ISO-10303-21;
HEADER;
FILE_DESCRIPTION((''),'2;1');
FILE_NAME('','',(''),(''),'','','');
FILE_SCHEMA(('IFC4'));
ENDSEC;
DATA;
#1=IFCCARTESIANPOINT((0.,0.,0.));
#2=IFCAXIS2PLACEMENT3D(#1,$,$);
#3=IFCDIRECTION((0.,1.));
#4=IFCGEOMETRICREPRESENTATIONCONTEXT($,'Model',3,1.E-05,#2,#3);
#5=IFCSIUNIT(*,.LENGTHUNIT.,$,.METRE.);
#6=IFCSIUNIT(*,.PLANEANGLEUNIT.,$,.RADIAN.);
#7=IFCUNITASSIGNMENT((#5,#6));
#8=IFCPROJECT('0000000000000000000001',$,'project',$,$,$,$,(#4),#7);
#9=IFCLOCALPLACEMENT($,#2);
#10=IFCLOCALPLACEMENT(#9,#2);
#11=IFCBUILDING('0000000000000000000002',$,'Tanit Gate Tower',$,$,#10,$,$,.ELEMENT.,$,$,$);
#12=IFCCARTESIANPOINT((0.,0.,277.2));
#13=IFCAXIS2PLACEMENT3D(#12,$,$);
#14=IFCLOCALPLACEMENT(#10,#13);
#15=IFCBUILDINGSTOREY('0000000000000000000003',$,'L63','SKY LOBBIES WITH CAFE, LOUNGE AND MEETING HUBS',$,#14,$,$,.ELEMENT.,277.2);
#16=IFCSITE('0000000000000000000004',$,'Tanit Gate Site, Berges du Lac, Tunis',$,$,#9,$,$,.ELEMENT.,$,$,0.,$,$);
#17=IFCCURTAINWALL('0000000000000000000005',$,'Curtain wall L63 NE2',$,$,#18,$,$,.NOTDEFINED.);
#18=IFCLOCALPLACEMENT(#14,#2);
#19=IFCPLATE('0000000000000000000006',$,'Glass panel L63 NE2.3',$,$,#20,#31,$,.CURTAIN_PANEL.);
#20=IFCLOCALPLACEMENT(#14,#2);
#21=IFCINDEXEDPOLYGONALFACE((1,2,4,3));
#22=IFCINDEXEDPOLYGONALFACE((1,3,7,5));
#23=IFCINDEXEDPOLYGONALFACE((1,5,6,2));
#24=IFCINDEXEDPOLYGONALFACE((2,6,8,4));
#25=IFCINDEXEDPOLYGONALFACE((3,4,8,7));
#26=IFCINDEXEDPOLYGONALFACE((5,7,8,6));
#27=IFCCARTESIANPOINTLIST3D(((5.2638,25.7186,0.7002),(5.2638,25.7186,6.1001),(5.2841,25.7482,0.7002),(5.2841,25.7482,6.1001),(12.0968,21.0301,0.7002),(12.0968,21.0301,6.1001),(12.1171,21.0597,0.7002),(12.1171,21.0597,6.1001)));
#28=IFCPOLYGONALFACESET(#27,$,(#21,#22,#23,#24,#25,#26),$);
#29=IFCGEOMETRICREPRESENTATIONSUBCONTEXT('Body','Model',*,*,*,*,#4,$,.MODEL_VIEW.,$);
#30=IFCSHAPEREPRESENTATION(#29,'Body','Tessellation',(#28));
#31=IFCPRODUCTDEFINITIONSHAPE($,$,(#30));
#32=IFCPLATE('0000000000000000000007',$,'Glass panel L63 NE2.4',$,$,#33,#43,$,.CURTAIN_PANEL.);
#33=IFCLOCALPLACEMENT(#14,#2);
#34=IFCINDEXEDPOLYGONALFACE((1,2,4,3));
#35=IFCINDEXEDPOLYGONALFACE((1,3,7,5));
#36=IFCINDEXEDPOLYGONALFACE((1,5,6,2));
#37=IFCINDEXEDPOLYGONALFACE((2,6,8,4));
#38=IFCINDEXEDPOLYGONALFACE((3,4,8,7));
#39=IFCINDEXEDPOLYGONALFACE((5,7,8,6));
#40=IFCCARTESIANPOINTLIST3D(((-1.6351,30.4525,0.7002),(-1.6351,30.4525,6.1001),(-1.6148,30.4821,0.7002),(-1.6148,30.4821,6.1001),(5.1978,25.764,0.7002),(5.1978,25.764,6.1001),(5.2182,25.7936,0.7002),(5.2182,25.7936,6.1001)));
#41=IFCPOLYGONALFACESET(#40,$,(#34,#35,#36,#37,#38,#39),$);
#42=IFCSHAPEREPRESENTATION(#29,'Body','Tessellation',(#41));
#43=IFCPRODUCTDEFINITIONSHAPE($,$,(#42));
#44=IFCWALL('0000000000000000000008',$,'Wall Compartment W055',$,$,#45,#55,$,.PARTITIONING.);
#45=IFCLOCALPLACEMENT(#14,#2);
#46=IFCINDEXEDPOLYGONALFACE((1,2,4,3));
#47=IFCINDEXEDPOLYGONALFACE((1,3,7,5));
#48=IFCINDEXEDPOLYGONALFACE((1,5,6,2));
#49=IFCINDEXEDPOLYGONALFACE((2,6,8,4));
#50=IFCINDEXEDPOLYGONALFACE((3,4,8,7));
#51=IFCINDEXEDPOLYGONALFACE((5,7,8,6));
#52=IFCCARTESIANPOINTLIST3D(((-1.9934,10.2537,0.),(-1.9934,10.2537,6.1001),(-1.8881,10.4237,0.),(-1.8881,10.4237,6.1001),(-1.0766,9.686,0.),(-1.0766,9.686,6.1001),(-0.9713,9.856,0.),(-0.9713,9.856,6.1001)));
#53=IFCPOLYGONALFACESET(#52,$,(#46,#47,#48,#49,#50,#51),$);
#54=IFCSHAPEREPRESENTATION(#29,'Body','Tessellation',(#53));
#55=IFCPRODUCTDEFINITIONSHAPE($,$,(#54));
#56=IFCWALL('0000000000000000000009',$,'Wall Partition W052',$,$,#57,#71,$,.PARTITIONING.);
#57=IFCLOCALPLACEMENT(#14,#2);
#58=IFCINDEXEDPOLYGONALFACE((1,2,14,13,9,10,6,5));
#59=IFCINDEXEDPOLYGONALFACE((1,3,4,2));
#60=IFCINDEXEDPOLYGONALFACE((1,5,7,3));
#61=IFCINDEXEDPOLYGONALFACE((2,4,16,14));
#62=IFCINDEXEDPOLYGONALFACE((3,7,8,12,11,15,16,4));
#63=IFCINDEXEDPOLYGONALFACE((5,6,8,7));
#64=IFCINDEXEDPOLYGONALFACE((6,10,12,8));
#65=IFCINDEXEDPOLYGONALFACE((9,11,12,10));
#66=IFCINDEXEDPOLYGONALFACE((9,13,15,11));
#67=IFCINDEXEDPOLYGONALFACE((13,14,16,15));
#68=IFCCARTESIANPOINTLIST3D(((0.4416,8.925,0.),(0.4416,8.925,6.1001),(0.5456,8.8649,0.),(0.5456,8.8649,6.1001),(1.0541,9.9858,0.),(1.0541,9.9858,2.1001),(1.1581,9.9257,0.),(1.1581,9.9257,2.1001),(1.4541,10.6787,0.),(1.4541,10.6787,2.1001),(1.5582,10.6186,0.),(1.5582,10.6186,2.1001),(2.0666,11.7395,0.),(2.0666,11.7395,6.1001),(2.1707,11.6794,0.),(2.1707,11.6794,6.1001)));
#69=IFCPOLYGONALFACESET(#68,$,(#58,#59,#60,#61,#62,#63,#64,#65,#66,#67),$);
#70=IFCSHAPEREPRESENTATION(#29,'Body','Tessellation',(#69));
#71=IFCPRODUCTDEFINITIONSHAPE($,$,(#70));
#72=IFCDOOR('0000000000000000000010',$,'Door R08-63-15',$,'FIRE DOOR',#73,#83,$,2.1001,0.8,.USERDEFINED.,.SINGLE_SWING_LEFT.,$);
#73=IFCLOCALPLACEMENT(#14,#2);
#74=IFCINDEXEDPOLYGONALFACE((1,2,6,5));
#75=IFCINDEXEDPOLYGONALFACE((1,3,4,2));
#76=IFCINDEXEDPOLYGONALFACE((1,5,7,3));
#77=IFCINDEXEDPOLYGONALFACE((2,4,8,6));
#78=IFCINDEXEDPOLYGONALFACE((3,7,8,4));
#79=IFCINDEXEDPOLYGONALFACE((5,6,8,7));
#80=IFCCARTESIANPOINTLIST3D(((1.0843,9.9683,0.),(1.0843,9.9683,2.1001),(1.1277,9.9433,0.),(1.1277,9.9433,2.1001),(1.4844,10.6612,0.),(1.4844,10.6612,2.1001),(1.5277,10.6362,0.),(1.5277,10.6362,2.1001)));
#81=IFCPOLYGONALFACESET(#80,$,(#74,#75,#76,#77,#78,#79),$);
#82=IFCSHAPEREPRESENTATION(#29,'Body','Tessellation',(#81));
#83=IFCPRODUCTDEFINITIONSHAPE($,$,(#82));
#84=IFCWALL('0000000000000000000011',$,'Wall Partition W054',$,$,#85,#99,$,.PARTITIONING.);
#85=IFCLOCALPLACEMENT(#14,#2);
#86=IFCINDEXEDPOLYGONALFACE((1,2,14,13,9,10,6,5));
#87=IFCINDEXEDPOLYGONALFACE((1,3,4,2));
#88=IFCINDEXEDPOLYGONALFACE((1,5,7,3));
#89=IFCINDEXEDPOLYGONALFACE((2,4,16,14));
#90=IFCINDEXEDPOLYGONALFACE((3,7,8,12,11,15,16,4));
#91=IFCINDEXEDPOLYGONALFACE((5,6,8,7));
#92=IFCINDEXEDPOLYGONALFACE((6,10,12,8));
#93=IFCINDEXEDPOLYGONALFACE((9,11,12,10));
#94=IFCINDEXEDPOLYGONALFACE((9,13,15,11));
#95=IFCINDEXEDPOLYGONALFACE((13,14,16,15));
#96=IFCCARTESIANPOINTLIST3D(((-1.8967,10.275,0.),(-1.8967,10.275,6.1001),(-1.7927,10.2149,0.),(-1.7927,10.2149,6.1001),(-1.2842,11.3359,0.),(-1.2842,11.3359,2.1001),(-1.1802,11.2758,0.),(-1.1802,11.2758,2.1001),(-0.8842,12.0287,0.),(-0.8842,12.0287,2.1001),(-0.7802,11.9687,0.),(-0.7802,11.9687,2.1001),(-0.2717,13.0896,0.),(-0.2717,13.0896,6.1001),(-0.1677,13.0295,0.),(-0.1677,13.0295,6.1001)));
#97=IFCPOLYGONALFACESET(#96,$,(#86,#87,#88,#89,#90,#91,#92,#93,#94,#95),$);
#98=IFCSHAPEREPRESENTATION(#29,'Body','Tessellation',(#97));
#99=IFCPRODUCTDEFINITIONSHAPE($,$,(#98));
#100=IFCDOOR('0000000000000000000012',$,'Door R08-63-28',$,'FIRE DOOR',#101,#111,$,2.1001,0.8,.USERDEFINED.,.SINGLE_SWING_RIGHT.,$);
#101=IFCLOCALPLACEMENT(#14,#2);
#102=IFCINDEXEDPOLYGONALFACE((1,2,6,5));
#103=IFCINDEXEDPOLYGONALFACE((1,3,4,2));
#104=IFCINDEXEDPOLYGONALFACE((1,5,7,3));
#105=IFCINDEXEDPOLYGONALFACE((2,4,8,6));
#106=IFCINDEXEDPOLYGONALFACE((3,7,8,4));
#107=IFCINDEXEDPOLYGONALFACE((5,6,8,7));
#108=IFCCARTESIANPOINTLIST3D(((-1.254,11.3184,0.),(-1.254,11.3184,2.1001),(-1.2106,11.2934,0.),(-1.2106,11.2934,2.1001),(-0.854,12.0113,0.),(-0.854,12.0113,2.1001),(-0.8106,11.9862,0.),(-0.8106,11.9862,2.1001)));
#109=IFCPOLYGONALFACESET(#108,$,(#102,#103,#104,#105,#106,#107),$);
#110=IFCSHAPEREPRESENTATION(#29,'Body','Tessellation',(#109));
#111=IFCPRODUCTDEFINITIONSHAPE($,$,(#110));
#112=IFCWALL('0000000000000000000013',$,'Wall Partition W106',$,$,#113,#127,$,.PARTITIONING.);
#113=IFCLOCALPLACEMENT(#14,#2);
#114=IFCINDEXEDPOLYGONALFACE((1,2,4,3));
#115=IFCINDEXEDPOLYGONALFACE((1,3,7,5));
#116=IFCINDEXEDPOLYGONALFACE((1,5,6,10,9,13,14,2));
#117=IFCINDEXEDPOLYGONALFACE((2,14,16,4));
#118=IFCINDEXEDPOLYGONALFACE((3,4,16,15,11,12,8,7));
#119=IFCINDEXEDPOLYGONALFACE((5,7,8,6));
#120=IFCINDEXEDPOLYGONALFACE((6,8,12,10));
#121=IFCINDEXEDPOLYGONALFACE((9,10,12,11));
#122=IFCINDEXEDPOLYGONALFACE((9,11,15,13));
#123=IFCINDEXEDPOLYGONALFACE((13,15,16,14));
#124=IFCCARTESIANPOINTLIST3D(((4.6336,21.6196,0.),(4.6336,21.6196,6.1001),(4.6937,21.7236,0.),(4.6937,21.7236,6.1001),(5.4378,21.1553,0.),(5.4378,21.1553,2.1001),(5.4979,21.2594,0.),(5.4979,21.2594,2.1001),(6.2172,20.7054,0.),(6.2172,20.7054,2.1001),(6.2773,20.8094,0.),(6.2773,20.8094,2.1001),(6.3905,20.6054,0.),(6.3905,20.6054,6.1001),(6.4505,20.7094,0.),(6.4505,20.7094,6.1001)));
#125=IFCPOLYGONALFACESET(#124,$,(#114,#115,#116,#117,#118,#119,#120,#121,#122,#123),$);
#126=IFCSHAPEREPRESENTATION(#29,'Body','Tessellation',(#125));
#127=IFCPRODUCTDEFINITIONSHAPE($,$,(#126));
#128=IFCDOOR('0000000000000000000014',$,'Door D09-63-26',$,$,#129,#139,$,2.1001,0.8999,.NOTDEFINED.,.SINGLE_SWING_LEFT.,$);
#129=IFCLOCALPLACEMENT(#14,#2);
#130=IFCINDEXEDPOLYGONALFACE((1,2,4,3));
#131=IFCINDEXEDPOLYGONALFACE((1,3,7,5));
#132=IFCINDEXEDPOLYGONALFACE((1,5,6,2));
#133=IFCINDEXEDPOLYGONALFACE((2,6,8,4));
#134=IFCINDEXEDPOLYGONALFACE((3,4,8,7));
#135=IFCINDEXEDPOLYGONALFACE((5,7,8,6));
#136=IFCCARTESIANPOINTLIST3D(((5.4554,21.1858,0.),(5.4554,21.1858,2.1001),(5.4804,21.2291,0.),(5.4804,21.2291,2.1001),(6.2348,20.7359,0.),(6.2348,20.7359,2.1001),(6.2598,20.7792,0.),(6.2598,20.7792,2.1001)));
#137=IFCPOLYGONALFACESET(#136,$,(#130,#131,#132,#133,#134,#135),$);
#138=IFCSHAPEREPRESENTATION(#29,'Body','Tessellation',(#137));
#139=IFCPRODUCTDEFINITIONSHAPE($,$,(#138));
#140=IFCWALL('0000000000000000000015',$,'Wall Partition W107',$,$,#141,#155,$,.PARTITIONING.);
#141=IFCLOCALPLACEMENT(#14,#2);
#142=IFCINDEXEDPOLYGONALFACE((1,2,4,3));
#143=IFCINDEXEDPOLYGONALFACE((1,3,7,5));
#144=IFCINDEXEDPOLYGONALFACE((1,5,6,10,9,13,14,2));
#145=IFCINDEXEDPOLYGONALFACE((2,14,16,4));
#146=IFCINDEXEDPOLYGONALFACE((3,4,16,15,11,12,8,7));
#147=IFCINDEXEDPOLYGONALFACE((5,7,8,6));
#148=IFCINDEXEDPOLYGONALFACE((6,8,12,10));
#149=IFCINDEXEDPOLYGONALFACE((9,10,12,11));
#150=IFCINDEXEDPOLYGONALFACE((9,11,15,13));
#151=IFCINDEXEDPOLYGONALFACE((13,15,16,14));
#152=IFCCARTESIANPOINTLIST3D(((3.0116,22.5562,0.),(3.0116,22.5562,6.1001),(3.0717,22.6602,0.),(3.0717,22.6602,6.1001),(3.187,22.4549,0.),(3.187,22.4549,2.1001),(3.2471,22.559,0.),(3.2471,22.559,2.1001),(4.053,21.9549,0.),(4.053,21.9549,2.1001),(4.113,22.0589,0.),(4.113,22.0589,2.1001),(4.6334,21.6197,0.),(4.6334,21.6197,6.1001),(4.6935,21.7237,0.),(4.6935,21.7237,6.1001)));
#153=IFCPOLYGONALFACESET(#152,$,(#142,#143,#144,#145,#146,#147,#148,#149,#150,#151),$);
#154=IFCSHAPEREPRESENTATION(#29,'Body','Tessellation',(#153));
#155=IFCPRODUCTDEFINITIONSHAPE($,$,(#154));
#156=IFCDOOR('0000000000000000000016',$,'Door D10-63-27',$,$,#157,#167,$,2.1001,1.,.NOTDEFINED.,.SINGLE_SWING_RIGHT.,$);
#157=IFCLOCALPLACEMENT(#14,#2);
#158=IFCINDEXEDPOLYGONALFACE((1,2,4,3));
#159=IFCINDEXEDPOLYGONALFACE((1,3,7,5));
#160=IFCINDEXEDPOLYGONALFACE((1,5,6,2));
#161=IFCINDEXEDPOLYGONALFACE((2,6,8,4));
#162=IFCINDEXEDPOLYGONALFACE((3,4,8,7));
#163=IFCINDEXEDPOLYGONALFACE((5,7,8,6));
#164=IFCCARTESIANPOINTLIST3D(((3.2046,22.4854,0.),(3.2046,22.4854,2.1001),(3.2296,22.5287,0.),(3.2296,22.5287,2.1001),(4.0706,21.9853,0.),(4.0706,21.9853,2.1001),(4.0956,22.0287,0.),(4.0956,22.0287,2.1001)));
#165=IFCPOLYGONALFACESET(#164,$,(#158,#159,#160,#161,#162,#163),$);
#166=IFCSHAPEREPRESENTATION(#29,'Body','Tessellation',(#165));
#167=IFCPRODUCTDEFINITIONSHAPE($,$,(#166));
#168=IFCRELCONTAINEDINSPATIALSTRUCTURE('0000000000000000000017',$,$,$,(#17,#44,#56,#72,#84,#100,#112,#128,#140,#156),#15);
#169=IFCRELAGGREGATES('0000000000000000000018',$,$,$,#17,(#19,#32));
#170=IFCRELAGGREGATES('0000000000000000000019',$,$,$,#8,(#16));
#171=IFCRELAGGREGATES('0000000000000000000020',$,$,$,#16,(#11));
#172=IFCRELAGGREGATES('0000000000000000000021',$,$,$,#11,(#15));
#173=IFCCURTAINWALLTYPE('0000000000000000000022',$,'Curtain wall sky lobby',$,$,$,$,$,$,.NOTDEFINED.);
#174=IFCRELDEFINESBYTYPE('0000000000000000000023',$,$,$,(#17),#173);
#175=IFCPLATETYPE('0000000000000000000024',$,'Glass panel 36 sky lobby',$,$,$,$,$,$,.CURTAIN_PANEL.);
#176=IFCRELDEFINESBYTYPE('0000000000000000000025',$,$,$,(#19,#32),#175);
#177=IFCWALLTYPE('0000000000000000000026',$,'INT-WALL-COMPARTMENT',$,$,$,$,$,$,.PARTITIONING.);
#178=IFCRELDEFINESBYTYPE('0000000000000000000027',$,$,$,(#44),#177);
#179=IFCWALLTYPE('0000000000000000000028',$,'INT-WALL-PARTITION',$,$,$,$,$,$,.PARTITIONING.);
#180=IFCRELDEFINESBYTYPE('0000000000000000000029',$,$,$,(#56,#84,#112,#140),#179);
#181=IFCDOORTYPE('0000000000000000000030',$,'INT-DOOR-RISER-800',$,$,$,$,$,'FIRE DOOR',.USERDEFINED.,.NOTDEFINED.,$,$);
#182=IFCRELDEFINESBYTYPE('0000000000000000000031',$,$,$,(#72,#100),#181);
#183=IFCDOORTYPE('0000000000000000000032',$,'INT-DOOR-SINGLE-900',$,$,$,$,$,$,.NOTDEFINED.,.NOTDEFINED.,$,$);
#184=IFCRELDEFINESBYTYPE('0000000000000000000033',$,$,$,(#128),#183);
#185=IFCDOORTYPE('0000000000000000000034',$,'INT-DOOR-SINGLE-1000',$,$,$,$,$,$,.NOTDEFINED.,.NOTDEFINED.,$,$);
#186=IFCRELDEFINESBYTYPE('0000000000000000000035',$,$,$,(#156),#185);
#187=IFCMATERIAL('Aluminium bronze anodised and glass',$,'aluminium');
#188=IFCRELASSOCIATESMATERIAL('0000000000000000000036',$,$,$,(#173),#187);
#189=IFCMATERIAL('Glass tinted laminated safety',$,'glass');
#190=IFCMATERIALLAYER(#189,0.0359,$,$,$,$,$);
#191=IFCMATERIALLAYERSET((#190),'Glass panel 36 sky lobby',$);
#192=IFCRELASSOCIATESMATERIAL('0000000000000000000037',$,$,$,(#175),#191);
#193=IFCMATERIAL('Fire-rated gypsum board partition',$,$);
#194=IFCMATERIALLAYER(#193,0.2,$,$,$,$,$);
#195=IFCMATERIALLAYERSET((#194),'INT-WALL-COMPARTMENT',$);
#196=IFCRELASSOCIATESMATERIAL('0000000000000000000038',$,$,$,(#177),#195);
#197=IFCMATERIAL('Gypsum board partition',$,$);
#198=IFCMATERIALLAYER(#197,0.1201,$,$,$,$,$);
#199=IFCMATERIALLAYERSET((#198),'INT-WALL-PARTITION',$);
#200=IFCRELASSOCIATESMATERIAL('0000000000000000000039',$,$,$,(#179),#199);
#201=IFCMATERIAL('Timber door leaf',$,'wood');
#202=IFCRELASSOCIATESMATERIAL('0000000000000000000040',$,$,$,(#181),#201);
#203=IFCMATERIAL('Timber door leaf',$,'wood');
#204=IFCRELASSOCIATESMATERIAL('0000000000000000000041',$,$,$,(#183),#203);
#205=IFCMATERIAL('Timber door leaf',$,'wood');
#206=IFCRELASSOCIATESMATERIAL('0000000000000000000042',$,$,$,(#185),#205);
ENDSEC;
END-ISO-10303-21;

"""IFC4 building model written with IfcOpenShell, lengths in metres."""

from ifc_helpers import new_model, si_unit, direction, frame, frame_2d, origin, origin_2d, place, context, subcontext, project, spatial, rectangle, extrude, material, layer, layer_set, type_object, element, fill, aggregate, save


model = new_model("IFC4")

# Units and contexts
model_context = context("Model", 3, precision=1e-05, world=origin(), true_north=direction((0.0, 1.0)))
body_context = subcontext(model_context, "Body", "Model", "MODEL_VIEW")
ifc_project = project(units=[si_unit("LENGTHUNIT", "METRE"), si_unit("PLANEANGLEUNIT", "RADIAN")], contexts=[model_context])

# Site, building, storey
site_placement = place(None, origin())
site = spatial("IfcSite", under=ifc_project, at=site_placement, Name="Tanit Gate Site, Berges du Lac, Tunis", CompositionType="ELEMENT", RefElevation=0.0)
building_placement = place(site_placement, origin())
building = spatial("IfcBuilding", under=site, at=building_placement, Name="Tanit Gate Tower", CompositionType="ELEMENT")
storey_placement = place(building_placement, frame((0.0, 0.0, 277.2)))
storey = spatial("IfcBuildingStorey", under=building, at=storey_placement, Name="L63", Description="SKY LOBBIES WITH CAFE, LOUNGE AND MEETING HUBS", CompositionType="ELEMENT", Elevation=277.2)

# Curtain wall
ifc_material_1 = material(Name="Aluminium bronze anodised and glass", Category="aluminium")
curtain_wall_type = type_object("IfcCurtainWallType", Name="Curtain wall sky lobby", PredefinedType="NOTDEFINED", material=ifc_material_1)
curtain_wall_1_placement = place(storey_placement, origin())
curtain_wall_1 = element("IfcCurtainWall", 1, at=curtain_wall_1_placement, inside=storey, type_object=curtain_wall_type, Name="Curtain wall L63 NE2", PredefinedType="NOTDEFINED")

# Plates
ifc_material_2 = material(Name="Glass tinted laminated safety", Category="glass")
ifc_layer_1 = layer(ifc_material_2, 0.0359)
ifc_layer_set_1 = layer_set([ifc_layer_1], Name="Glass panel 36 sky lobby")
plate_type = type_object("IfcPlateType", Name="Glass panel 36 sky lobby", PredefinedType="CURTAIN_PANEL", material=ifc_layer_set_1)
plate_1_placement = place(storey_placement, frame((8.6904, 23.3892, 0.7002), z_axis=(0.0, 0.0, 1.0), x_axis=(-0.824557, 0.56578, 0.0)))
plate_1 = element("IfcPlate", 2, at=plate_1_placement, type_object=plate_type, Name="Glass panel L63 NE2.3", PredefinedType="CURTAIN_PANEL", context=body_context, shape_type="SweptSolid", body=[
    extrude(rectangle(XDim=8.2869, YDim=0.0359, at=origin_2d()), origin(), (0.0, 0.0, 1.0), 5.3999),
])
plate_2_placement = place(storey_placement, frame((1.7915, 28.123, 0.7002), z_axis=(0.0, 0.0, 1.0), x_axis=(-0.824557, 0.56578, 0.0)))
plate_2 = element("IfcPlate", 3, at=plate_2_placement, type_object=plate_type, Name="Glass panel L63 NE2.4", PredefinedType="CURTAIN_PANEL", context=body_context, shape_type="SweptSolid", body=[
    extrude(rectangle(XDim=8.2869, YDim=0.0359, at=origin_2d()), origin(), (0.0, 0.0, 1.0), 5.3999),
])
aggregate(curtain_wall_1, [plate_1, plate_2])

# Wall
ifc_material_3 = material(Name="Fire-rated gypsum board partition")
ifc_layer_2 = layer(ifc_material_3, 0.2)
ifc_layer_set_2 = layer_set([ifc_layer_2], Name="INT-WALL-COMPARTMENT")
wall_type_1 = type_object("IfcWallType", Name="INT-WALL-COMPARTMENT", PredefinedType="PARTITIONING", material=ifc_layer_set_2)
wall_1_placement = place(storey_placement, frame((-1.9407, 10.3386, 0.0), z_axis=(0.0, 0.0, 1.0), x_axis=(0.850217, -0.526433, 0.0)))
element("IfcWall", 4, at=wall_1_placement, inside=storey, type_object=wall_type_1, Name="Wall Compartment W055", PredefinedType="PARTITIONING", context=body_context, shape_type="SweptSolid", body=[
    extrude(rectangle(XDim=1.0784, YDim=0.2, at=frame_2d((0.5391, 0.0))), origin(), (0.0, 0.0, 1.0), 6.1001),
])

# Walls, openings, doors
ifc_material_4 = material(Name="Gypsum board partition")
ifc_layer_3 = layer(ifc_material_4, 0.1201)
ifc_layer_set_3 = layer_set([ifc_layer_3], Name="INT-WALL-PARTITION")
wall_type_2 = type_object("IfcWallType", Name="INT-WALL-PARTITION", PredefinedType="PARTITIONING", material=ifc_layer_set_3)
wall_2_placement = place(storey_placement, frame((2.1187, 11.7095, 0.0), z_axis=(0.0, 0.0, 1.0), x_axis=(-0.500017, -0.866015, 0.0)))
wall_2 = element("IfcWall", 5, at=wall_2_placement, inside=storey, type_object=wall_type_2, Name="Wall Partition W052", PredefinedType="PARTITIONING", context=body_context, shape_type="SweptSolid", body=[
    extrude(rectangle(XDim=3.25, YDim=0.1201, at=frame_2d((1.625, 0.0))), origin(), (0.0, 0.0, 1.0), 6.1001),
])
opening_1_placement = place(wall_2_placement, frame((1.2251, 0.0, 0.0)))
opening_1 = element("IfcOpeningElement", 6, at=opening_1_placement, cuts=wall_2, PredefinedType="OPENING", context=body_context, shape_type="SweptSolid", body=[
    extrude(rectangle(XDim=0.8, YDim=2.1001, at=frame_2d((0.3999, 1.05))), frame((0.0, 0.0701, 0.0), z_axis=(0.0, -1.0, 0.0), x_axis=(1.0, 0.0, 0.0)), (0.0, 0.0, 1.0), 0.1401),
])
ifc_material_5 = material(Name="Timber door leaf", Category="wood")
door_type_1 = type_object("IfcDoorType", Name="INT-DOOR-RISER-800", ElementType="FIRE DOOR", OperationType="NOTDEFINED", PredefinedType="USERDEFINED", material=ifc_material_5)
door_1_placement = place(opening_1_placement, origin())
door_1 = element("IfcDoor", 7, at=door_1_placement, inside=storey, type_object=door_type_1, Name="Door R08-63-15", ObjectType="FIRE DOOR", OperationType="SINGLE_SWING_LEFT", OverallHeight=2.1001, OverallWidth=0.8, PredefinedType="USERDEFINED", context=body_context, shape_type="SweptSolid", body=[
    extrude(rectangle(XDim=0.8, YDim=2.1001, at=frame_2d((0.3999, 1.05))), frame((0.0, 0.0249, 0.0), z_axis=(0.0, -1.0, 0.0), x_axis=(1.0, 0.0, 0.0)), (0.0, 0.0, 1.0), 0.05),
])
fill(opening_1, door_1)
wall_3_placement = place(storey_placement, frame((-0.2197, 13.0596, 0.0), z_axis=(0.0, 0.0, 1.0), x_axis=(-0.499985, -0.866034, 0.0)))
wall_3 = element("IfcWall", 8, at=wall_3_placement, inside=storey, type_object=wall_type_2, Name="Wall Partition W054", PredefinedType="PARTITIONING", context=body_context, shape_type="SweptSolid", body=[
    extrude(rectangle(XDim=3.25, YDim=0.1201, at=frame_2d((1.625, 0.0))), origin(), (0.0, 0.0, 1.0), 6.1001),
])
opening_2_placement = place(wall_3_placement, frame((1.2251, 0.0, 0.0)))
opening_2 = element("IfcOpeningElement", 9, at=opening_2_placement, cuts=wall_3, PredefinedType="OPENING", context=body_context, shape_type="SweptSolid", body=[
    extrude(rectangle(XDim=0.8, YDim=2.1001, at=frame_2d((0.3999, 1.05))), frame((0.0, 0.0701, 0.0), z_axis=(0.0, -1.0, 0.0), x_axis=(1.0, 0.0, 0.0)), (0.0, 0.0, 1.0), 0.1401),
])
door_2_placement = place(opening_2_placement, origin())
door_2 = element("IfcDoor", 10, at=door_2_placement, inside=storey, type_object=door_type_1, Name="Door R08-63-28", ObjectType="FIRE DOOR", OperationType="SINGLE_SWING_RIGHT", OverallHeight=2.1001, OverallWidth=0.8, PredefinedType="USERDEFINED", context=body_context, shape_type="SweptSolid", body=[
    extrude(rectangle(XDim=0.8, YDim=2.1001, at=frame_2d((0.3999, 1.05))), frame((0.0, 0.0249, 0.0), z_axis=(0.0, -1.0, 0.0), x_axis=(1.0, 0.0, 0.0)), (0.0, 0.0, 1.0), 0.05),
])
fill(opening_2, door_2)
wall_4_placement = place(storey_placement, frame((6.4204, 20.6575, 0.0), z_axis=(0.0, 0.0, 1.0), x_axis=(-0.866057, 0.499945, 0.0)))
wall_4 = element("IfcWall", 11, at=wall_4_placement, inside=storey, type_object=wall_type_2, Name="Wall Partition W106", PredefinedType="PARTITIONING", context=body_context, shape_type="SweptSolid", body=[
    extrude(rectangle(XDim=2.0286, YDim=0.1201, at=frame_2d((1.0142, 0.0))), origin(), (0.0, 0.0, 1.0), 6.1001),
])
opening_3_placement = place(wall_4_placement, frame((0.2, 0.0, 0.0)))
opening_3 = element("IfcOpeningElement", 12, at=opening_3_placement, cuts=wall_4, PredefinedType="OPENING", context=body_context, shape_type="SweptSolid", body=[
    extrude(rectangle(XDim=0.8999, YDim=2.1001, at=frame_2d((0.45, 1.05))), frame((0.0, 0.0701, 0.0), z_axis=(0.0, -1.0, 0.0), x_axis=(1.0, 0.0, 0.0)), (0.0, 0.0, 1.0), 0.1401),
])
ifc_material_6 = material(Name="Timber door leaf", Category="wood")
door_type_2 = type_object("IfcDoorType", Name="INT-DOOR-SINGLE-900", OperationType="NOTDEFINED", PredefinedType="NOTDEFINED", material=ifc_material_6)
door_3_placement = place(opening_3_placement, origin())
door_3 = element("IfcDoor", 13, at=door_3_placement, inside=storey, type_object=door_type_2, Name="Door D09-63-26", OperationType="SINGLE_SWING_LEFT", OverallHeight=2.1001, OverallWidth=0.8999, PredefinedType="NOTDEFINED", context=body_context, shape_type="SweptSolid", body=[
    extrude(rectangle(XDim=0.8999, YDim=2.1001, at=frame_2d((0.45, 1.05))), frame((0.0, 0.0249, 0.0), z_axis=(0.0, -1.0, 0.0), x_axis=(1.0, 0.0, 0.0)), (0.0, 0.0, 1.0), 0.05),
])
fill(opening_3, door_3)
wall_5_placement = place(storey_placement, frame((4.6636, 21.6716, 0.0), z_axis=(0.0, 0.0, 1.0), x_axis=(-0.865988, 0.500065, 0.0)))
wall_5 = element("IfcWall", 14, at=wall_5_placement, inside=storey, type_object=wall_type_2, Name="Wall Partition W107", PredefinedType="PARTITIONING", context=body_context, shape_type="SweptSolid", body=[
    extrude(rectangle(XDim=1.8728, YDim=0.1201, at=frame_2d((0.9365, 0.0))), origin(), (0.0, 0.0, 1.0), 6.1001),
])
opening_4_placement = place(wall_5_placement, frame((0.6704, 0.0, 0.0)))
opening_4 = element("IfcOpeningElement", 15, at=opening_4_placement, cuts=wall_5, PredefinedType="OPENING", context=body_context, shape_type="SweptSolid", body=[
    extrude(rectangle(XDim=1.0, YDim=2.1001, at=frame_2d((0.5, 1.05))), frame((0.0, 0.0701, 0.0), z_axis=(0.0, -1.0, 0.0), x_axis=(1.0, 0.0, 0.0)), (0.0, 0.0, 1.0), 0.1401),
])
ifc_material_7 = material(Name="Timber door leaf", Category="wood")
door_type_3 = type_object("IfcDoorType", Name="INT-DOOR-SINGLE-1000", OperationType="NOTDEFINED", PredefinedType="NOTDEFINED", material=ifc_material_7)
door_4_placement = place(opening_4_placement, origin())
door_4 = element("IfcDoor", 16, at=door_4_placement, inside=storey, type_object=door_type_3, Name="Door D10-63-27", OperationType="SINGLE_SWING_RIGHT", OverallHeight=2.1001, OverallWidth=1.0, PredefinedType="NOTDEFINED", context=body_context, shape_type="SweptSolid", body=[
    extrude(rectangle(XDim=1.0, YDim=2.1001, at=frame_2d((0.5, 1.05))), frame((0.0, 0.0249, 0.0), z_axis=(0.0, -1.0, 0.0), x_axis=(1.0, 0.0, 0.0)), (0.0, 0.0, 1.0), 0.05),
])
fill(opening_4, door_4)

save(model, "model.ifc")
